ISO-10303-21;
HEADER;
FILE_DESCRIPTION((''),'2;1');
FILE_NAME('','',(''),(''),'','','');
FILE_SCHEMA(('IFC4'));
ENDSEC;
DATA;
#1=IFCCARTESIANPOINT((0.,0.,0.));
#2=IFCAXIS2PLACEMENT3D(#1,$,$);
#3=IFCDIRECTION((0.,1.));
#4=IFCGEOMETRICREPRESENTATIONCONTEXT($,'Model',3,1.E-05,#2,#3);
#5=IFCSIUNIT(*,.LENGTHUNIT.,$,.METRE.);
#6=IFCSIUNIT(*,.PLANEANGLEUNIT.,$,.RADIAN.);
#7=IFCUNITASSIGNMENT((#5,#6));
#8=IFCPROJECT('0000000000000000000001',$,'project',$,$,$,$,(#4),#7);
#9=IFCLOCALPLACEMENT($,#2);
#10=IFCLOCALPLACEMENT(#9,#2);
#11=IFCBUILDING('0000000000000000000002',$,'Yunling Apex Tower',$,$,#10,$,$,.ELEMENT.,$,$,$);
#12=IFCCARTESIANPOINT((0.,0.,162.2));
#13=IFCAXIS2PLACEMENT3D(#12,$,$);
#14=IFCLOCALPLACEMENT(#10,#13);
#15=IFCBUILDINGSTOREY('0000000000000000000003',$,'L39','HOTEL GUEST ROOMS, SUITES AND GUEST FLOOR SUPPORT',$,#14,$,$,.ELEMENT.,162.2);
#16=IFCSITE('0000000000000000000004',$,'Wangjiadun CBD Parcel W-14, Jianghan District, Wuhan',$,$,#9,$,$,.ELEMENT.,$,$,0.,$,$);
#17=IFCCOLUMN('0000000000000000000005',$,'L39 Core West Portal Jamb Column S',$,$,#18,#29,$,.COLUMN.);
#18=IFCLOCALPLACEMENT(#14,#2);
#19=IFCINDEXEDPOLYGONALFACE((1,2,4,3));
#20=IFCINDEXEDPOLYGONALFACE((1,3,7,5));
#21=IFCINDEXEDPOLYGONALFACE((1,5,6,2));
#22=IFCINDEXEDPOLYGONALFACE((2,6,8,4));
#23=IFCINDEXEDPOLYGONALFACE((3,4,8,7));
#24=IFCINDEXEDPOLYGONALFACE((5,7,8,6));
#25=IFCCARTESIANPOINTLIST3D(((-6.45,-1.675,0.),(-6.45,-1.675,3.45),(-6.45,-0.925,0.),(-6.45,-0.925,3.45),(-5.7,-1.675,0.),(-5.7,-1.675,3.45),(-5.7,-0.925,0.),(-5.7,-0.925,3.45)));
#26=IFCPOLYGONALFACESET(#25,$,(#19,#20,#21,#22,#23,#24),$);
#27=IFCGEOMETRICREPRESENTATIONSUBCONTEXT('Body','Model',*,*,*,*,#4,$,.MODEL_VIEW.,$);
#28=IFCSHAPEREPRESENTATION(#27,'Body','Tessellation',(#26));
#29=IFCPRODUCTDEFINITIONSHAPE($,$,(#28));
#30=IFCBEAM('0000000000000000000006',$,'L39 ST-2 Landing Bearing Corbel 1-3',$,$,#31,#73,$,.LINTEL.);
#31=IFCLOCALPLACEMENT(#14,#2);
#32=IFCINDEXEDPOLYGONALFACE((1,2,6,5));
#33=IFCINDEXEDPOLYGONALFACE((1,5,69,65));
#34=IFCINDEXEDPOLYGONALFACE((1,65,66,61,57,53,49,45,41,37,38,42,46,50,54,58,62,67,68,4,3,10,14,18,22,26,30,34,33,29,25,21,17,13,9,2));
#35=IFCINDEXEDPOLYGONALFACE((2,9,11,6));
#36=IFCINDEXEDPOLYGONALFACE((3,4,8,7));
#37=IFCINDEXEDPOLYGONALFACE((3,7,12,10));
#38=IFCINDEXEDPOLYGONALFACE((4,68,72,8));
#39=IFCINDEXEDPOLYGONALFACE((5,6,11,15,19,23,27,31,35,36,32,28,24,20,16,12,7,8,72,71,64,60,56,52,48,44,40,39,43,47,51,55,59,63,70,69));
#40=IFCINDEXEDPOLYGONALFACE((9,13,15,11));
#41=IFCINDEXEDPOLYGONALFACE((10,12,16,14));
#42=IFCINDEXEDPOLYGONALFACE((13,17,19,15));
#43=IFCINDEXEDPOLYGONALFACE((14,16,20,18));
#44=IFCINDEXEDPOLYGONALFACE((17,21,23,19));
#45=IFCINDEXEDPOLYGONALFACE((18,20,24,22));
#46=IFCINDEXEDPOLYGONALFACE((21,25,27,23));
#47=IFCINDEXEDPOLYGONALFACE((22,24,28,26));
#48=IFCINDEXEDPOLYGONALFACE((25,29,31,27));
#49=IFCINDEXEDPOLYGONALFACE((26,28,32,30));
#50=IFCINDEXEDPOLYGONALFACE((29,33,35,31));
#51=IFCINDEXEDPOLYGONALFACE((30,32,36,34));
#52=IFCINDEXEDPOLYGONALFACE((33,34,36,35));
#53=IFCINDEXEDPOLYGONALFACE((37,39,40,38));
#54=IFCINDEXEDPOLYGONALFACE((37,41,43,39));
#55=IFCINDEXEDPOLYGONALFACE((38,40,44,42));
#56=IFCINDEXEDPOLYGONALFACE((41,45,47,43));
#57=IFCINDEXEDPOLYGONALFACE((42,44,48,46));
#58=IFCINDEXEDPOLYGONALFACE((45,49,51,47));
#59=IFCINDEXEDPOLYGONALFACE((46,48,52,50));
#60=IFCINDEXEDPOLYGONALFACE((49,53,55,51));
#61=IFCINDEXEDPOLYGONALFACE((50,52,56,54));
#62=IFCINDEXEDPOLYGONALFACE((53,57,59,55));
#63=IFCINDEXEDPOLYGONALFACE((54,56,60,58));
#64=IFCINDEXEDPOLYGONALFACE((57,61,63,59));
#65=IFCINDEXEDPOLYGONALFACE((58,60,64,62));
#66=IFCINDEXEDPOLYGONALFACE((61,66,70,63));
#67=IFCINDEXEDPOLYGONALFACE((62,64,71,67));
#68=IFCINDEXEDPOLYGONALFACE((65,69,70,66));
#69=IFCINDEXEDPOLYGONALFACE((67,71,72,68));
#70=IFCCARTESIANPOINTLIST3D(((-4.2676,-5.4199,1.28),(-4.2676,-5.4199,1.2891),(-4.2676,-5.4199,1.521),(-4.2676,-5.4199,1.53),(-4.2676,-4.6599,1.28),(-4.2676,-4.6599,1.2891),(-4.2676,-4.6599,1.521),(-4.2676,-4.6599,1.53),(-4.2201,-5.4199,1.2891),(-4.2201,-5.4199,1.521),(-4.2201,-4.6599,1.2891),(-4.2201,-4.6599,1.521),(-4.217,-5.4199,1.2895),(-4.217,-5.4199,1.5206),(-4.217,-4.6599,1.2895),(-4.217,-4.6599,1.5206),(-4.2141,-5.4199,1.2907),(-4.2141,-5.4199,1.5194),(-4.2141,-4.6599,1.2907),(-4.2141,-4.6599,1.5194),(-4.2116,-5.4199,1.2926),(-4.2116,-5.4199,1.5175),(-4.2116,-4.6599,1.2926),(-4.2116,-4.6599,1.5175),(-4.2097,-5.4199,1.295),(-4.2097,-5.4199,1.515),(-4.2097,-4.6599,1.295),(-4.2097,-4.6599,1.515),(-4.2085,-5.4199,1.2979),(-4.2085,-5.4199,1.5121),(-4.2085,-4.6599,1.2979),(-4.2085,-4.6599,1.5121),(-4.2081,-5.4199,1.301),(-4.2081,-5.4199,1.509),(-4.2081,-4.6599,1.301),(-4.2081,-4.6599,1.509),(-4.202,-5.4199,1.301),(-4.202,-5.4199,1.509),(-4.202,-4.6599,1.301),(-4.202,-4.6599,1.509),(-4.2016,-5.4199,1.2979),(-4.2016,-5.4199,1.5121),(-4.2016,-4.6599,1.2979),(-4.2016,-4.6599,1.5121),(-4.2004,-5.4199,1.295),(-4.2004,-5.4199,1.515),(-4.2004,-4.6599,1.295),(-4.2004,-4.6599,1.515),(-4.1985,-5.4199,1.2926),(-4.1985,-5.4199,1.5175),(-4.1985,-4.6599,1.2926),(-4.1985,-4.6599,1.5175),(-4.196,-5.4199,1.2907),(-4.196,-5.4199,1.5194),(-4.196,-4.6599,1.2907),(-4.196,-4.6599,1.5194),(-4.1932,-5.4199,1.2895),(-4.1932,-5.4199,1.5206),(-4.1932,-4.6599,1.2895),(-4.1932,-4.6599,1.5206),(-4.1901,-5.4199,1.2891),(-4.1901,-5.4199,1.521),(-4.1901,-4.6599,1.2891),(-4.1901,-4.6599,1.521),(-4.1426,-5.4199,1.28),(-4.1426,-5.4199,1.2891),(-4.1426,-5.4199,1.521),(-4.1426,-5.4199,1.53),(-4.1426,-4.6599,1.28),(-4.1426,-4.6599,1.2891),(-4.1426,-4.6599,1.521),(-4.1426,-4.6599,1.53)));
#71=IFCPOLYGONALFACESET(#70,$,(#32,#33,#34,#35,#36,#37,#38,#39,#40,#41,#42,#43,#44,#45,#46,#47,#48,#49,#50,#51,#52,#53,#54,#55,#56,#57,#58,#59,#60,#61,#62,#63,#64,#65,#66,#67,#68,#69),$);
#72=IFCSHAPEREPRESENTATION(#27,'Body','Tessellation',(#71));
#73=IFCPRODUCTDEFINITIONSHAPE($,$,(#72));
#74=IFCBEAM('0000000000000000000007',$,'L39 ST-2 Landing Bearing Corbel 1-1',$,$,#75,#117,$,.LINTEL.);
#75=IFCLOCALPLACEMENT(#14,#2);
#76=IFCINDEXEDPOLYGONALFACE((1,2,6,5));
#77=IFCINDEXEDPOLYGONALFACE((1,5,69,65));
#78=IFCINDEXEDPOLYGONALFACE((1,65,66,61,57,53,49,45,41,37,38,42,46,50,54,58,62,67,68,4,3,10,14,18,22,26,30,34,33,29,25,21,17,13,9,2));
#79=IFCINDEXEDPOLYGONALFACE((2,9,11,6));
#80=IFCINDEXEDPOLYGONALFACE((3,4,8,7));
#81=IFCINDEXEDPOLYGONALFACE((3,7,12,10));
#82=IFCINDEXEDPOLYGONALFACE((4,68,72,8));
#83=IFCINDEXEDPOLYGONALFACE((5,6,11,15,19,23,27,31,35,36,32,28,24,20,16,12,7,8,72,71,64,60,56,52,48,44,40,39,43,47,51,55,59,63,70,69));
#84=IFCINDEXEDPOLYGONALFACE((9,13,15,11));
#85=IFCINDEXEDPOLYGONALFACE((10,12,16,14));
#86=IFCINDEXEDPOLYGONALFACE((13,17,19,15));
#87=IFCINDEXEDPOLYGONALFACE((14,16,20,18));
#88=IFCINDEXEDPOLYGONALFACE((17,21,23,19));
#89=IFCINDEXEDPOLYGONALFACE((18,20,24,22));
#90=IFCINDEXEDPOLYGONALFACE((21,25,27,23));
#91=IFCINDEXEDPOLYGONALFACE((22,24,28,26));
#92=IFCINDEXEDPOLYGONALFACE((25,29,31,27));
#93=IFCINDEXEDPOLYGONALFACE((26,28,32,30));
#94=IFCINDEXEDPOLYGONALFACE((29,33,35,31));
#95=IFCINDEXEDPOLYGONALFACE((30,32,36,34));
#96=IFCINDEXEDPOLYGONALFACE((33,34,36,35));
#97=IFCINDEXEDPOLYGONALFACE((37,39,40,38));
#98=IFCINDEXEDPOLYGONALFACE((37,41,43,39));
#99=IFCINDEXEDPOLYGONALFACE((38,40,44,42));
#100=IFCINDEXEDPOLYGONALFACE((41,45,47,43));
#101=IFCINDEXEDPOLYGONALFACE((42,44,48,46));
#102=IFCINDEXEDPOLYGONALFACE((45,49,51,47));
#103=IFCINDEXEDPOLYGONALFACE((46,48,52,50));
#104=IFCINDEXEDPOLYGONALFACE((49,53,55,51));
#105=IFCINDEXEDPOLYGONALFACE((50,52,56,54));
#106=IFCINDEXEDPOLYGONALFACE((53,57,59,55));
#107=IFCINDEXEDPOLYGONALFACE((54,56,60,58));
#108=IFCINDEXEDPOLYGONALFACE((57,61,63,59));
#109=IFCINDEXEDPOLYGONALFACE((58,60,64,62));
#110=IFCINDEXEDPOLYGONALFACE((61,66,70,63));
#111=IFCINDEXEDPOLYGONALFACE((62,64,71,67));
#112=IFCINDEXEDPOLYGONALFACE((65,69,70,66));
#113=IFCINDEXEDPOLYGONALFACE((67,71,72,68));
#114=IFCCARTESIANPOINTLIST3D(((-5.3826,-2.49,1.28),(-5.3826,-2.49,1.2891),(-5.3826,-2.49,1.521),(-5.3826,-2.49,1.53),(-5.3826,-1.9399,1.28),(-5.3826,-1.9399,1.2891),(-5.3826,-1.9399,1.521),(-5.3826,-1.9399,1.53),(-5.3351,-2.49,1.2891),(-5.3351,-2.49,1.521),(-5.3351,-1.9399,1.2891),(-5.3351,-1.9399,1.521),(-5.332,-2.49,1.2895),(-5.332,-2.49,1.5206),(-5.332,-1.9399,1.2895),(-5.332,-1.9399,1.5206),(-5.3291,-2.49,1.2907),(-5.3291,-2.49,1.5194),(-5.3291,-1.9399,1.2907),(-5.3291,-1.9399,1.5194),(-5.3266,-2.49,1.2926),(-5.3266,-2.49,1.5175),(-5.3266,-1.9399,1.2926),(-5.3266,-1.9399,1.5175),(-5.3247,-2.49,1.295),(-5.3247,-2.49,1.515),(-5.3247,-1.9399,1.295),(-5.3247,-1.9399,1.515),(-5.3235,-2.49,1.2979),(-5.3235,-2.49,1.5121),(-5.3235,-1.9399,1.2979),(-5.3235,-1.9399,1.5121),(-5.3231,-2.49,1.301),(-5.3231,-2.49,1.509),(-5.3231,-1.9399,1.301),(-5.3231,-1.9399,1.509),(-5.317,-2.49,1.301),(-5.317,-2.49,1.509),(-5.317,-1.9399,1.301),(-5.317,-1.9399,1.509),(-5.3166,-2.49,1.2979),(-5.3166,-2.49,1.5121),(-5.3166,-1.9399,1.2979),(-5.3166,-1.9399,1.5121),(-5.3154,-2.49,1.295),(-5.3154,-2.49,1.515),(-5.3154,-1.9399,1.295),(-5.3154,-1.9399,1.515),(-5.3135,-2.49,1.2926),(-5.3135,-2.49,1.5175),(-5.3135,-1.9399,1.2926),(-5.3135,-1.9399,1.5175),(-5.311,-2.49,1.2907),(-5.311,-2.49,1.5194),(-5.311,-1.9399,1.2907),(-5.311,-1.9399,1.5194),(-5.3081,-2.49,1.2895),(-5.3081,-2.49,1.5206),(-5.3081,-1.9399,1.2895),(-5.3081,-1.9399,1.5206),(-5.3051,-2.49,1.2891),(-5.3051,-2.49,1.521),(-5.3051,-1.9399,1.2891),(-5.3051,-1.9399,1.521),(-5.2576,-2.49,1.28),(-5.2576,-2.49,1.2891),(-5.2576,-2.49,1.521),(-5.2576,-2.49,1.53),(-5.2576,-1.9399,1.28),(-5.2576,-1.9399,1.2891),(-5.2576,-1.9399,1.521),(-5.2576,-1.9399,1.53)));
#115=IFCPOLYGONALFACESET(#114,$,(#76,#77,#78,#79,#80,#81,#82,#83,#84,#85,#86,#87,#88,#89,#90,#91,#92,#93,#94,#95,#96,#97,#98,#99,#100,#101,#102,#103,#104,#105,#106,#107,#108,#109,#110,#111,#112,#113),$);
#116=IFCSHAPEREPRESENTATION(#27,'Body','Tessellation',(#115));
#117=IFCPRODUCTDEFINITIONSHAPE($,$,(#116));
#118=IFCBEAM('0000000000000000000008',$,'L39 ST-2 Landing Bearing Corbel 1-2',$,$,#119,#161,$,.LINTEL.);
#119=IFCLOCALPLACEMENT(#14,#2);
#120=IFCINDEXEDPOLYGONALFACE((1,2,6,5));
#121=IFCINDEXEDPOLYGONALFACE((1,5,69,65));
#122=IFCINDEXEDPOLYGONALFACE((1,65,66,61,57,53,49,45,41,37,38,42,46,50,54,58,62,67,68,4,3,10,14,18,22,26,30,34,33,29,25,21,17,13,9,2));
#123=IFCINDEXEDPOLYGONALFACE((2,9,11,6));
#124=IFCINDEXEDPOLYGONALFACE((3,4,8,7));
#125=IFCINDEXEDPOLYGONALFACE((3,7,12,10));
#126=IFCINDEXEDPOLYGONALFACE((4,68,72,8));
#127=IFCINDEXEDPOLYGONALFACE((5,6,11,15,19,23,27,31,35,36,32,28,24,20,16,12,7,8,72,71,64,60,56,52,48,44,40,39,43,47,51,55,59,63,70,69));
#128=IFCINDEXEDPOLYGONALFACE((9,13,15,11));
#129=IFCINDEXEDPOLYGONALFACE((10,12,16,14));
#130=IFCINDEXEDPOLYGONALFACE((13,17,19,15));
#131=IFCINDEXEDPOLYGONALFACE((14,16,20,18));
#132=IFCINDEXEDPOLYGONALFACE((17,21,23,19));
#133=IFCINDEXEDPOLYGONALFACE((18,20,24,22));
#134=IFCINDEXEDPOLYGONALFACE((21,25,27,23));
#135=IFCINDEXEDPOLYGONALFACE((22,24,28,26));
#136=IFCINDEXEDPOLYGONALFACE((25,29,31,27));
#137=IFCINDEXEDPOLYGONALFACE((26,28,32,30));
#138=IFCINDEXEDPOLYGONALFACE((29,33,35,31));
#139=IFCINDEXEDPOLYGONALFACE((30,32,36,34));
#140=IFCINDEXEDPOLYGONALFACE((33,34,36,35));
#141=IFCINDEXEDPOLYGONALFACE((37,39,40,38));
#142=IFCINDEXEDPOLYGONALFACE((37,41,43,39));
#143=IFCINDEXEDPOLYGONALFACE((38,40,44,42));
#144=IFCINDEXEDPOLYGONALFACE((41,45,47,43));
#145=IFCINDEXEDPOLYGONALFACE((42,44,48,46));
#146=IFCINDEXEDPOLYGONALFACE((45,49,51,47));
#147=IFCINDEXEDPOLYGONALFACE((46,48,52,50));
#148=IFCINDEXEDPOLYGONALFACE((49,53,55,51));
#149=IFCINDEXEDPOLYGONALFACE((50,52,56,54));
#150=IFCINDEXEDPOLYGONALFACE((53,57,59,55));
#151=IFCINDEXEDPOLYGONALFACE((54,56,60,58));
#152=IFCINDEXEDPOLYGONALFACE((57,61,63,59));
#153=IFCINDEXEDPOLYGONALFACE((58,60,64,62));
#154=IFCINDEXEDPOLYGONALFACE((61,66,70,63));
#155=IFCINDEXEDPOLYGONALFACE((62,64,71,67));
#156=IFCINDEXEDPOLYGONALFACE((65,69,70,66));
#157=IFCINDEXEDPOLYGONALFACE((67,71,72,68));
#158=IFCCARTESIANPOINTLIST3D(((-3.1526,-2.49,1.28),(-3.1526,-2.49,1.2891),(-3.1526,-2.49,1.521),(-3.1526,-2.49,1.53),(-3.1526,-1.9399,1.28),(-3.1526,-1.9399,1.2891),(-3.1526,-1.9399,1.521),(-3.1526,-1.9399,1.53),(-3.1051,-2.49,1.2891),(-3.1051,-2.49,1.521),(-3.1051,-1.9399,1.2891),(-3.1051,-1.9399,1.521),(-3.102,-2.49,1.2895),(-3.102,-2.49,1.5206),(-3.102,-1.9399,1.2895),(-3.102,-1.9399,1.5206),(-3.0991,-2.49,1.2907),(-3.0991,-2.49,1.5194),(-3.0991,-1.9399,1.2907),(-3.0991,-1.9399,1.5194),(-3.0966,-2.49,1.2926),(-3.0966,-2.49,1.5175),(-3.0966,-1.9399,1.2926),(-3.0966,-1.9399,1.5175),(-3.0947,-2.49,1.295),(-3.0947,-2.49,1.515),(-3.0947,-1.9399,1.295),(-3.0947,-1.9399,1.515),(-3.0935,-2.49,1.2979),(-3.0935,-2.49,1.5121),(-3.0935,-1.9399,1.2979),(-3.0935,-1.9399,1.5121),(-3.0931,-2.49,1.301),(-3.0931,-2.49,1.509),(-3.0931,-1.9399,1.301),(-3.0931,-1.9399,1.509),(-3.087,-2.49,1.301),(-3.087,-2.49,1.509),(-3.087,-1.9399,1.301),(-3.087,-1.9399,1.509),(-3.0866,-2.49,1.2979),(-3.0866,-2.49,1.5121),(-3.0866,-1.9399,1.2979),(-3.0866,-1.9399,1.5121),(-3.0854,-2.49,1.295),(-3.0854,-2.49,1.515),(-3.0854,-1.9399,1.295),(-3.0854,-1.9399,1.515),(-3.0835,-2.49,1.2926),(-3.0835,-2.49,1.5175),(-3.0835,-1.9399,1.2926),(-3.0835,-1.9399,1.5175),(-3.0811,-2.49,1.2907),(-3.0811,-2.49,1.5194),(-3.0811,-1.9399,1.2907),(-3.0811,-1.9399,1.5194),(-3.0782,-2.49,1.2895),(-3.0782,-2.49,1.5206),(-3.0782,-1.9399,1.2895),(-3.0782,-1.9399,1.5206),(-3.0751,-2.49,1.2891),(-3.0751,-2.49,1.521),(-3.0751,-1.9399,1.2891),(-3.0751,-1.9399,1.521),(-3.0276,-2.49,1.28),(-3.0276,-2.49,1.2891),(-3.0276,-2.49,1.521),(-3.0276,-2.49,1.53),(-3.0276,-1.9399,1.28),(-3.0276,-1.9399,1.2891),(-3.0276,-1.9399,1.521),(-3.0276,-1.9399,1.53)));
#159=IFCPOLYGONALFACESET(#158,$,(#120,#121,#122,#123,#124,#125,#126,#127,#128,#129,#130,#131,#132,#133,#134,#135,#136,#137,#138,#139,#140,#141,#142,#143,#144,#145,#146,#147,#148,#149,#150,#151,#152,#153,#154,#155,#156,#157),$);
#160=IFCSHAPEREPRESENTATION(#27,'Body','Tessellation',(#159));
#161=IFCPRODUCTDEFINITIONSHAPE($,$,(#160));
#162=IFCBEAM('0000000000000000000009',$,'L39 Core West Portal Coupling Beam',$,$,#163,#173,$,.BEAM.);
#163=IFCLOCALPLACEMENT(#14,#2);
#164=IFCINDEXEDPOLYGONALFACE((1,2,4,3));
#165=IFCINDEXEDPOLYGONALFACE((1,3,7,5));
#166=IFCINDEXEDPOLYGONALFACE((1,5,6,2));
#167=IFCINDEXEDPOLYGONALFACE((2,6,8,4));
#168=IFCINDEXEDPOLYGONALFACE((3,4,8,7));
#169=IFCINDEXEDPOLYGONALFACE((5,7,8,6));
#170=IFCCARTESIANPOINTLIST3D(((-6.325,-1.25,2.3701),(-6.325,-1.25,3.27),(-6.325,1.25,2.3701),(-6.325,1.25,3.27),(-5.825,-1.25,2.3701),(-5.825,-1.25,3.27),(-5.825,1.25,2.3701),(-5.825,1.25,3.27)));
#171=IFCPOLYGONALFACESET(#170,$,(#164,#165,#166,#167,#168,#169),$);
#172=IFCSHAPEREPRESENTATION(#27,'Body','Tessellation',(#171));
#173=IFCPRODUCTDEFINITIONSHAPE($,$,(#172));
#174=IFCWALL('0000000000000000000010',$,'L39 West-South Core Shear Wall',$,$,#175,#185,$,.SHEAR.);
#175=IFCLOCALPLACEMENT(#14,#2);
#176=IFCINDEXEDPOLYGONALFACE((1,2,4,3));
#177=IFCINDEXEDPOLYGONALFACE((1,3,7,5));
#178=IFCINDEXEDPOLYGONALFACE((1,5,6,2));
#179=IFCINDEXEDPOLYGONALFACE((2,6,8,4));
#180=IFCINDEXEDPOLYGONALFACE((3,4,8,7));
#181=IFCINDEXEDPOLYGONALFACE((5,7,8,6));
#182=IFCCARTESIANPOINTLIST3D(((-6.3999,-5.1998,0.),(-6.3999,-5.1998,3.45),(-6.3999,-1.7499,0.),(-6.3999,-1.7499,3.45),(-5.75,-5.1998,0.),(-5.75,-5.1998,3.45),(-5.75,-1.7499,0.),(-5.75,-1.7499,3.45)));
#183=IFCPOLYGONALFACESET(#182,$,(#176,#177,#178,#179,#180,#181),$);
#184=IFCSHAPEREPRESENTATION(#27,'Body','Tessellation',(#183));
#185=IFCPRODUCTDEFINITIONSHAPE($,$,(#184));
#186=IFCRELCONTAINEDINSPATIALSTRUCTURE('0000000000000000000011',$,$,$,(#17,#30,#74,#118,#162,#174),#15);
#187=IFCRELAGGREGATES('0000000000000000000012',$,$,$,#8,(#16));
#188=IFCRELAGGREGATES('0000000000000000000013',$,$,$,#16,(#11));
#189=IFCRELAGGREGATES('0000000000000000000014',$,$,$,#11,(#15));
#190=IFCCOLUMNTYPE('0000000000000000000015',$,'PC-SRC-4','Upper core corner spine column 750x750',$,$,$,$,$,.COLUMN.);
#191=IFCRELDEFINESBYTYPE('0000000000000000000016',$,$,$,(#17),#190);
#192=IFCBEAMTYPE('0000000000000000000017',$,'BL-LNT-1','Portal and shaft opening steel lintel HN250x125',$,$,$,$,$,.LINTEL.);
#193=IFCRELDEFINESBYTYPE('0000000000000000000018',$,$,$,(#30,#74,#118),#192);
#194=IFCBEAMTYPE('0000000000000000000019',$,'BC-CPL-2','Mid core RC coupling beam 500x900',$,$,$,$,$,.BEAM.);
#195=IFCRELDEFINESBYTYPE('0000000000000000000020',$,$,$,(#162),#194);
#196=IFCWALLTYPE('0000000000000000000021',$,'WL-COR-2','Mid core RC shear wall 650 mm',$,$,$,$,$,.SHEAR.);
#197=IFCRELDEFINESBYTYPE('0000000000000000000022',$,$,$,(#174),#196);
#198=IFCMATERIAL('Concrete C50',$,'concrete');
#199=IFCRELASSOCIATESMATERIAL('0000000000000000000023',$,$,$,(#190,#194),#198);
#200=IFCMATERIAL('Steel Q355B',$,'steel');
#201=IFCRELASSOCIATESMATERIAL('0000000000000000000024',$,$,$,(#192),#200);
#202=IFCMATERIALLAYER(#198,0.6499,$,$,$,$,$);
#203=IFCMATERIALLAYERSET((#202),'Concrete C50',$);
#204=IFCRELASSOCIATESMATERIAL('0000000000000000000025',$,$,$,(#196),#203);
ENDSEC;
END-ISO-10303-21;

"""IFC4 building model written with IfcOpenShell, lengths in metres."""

from ifc_helpers import new_model, si_unit, direction, frame, frame_2d, origin, origin_2d, place, context, subcontext, project, spatial, rectangle, i_section, extrude, source, transform, mapped, material, layer, layer_set, material_profile, profile_set, type_object, element, save


model = new_model("IFC4")

# Units and contexts
model_context = context("Model", 3, precision=1e-05, world=origin(), true_north=direction((0.0, 1.0)))
body_context = subcontext(model_context, "Body", "Model", "MODEL_VIEW")
ifc_project = project(units=[si_unit("LENGTHUNIT", "METRE"), si_unit("PLANEANGLEUNIT", "RADIAN")], contexts=[model_context])

# Site, building, storey
site_placement = place(None, origin())
site = spatial("IfcSite", under=ifc_project, at=site_placement, Name="Wangjiadun CBD Parcel W-14, Jianghan District, Wuhan", CompositionType="ELEMENT", RefElevation=0.0)
building_placement = place(site_placement, origin())
building = spatial("IfcBuilding", under=site, at=building_placement, Name="Yunling Apex Tower", CompositionType="ELEMENT")
storey_placement = place(building_placement, frame((0.0, 0.0, 162.2)))
storey = spatial("IfcBuildingStorey", under=building, at=storey_placement, Name="L39", Description="HOTEL GUEST ROOMS, SUITES AND GUEST FLOOR SUPPORT", CompositionType="ELEMENT", Elevation=162.2)

# Column
ifc_material_1 = material(Name="Concrete C50", Category="concrete")
ifc_material_profile_1 = material_profile(ifc_material_1, rectangle(XDim=0.75, YDim=0.75, at=origin_2d()))
ifc_profile_set_1 = profile_set([ifc_material_profile_1], Name="Concrete C50")
column_type = type_object("IfcColumnType", Name="PC-SRC-4", Description="Upper core corner spine column 750x750", PredefinedType="COLUMN", material=ifc_profile_set_1)
shared_shape_1 = source(origin(), body_context, "Body", "SweptSolid", [
    extrude(rectangle(XDim=0.75, YDim=0.75, at=origin_2d()), origin(), (0.0, 0.0, 1.0), 3.45),
])
column_placement = place(storey_placement, frame((-6.075, -1.3, 0.0), z_axis=(0.0, 0.0, 1.0), x_axis=(1.0, 0.0, 0.0)))
element("IfcColumn", 1, at=column_placement, inside=storey, type_object=column_type, Name="L39 Core West Portal Jamb Column S", PredefinedType="COLUMN", context=body_context, shape_type="MappedRepresentation", body=[
    mapped(shared_shape_1, transform((0.0, 0.0, 0.0), scale=1.0)),
])

# Beams
ifc_material_2 = material(Name="Steel Q355B", Category="steel")
ifc_material_profile_2 = material_profile(ifc_material_2, i_section(OverallWidth=0.125, OverallDepth=0.25, WebThickness=0.0061, FlangeThickness=0.009, FilletRadius=0.012, at=origin_2d()))
ifc_profile_set_2 = profile_set([ifc_material_profile_2], Name="Steel Q355B")
beam_type_1 = type_object("IfcBeamType", Name="BL-LNT-1", Description="Portal and shaft opening steel lintel HN250x125", PredefinedType="LINTEL", material=ifc_profile_set_2)
shared_shape_2 = source(origin(), body_context, "Body", "SweptSolid", [
    extrude(i_section(OverallWidth=0.125, OverallDepth=0.25, WebThickness=0.0061, FlangeThickness=0.009, FilletRadius=0.012, at=origin_2d()), origin(), (0.0, 0.0, 1.0), 0.76),
])
beam_1_placement = place(storey_placement, frame((-4.2051, -5.4199, 1.405), z_axis=(0.0, 1.0, 0.0), x_axis=(-1.0, 0.0, 0.0)))
element("IfcBeam", 2, at=beam_1_placement, inside=storey, type_object=beam_type_1, Name="L39 ST-2 Landing Bearing Corbel 1-3", PredefinedType="LINTEL", context=body_context, shape_type="MappedRepresentation", body=[
    mapped(shared_shape_2, transform((0.0, 0.0, 0.0), scale=1.0)),
])
shared_shape_3 = source(origin(), body_context, "Body", "SweptSolid", [
    extrude(i_section(OverallWidth=0.125, OverallDepth=0.25, WebThickness=0.0061, FlangeThickness=0.009, FilletRadius=0.012, at=origin_2d()), origin(), (0.0, 0.0, 1.0), 0.55),
])
for number, where, z_axis, x_axis, name in (
    (3, (-5.3201, -1.9399, 1.405), (0.0, -1.0, 0.0), (1.0, 0.0, 0.0), "L39 ST-2 Landing Bearing Corbel 1-1"),
    (4, (-3.0901, -1.9399, 1.405), (0.0, -1.0, 0.0), (1.0, 0.0, 0.0), "L39 ST-2 Landing Bearing Corbel 1-2"),
):
    element("IfcBeam", number, at=place(storey_placement, frame(where, z_axis=z_axis, x_axis=x_axis)), inside=storey, type_object=beam_type_1, Name=name, PredefinedType="LINTEL", context=body_context, shape_type="MappedRepresentation", body=[
        mapped(shared_shape_3, transform((0.0, 0.0, 0.0), scale=1.0)),
    ])
ifc_material_profile_3 = material_profile(ifc_material_1, rectangle(XDim=0.5, YDim=0.8999, at=origin_2d()))
ifc_profile_set_3 = profile_set([ifc_material_profile_3], Name="Concrete C50")
beam_type_2 = type_object("IfcBeamType", Name="BC-CPL-2", Description="Mid core RC coupling beam 500x900", PredefinedType="BEAM", material=ifc_profile_set_3)
shared_shape_4 = source(origin(), body_context, "Body", "SweptSolid", [
    extrude(rectangle(XDim=0.5, YDim=0.8999, at=origin_2d()), origin(), (0.0, 0.0, 1.0), 2.5),
])
beam_2_placement = place(storey_placement, frame((-6.075, -1.25, 2.8201), z_axis=(0.0, 1.0, 0.0), x_axis=(-1.0, 0.0, 0.0)))
element("IfcBeam", 5, at=beam_2_placement, inside=storey, type_object=beam_type_2, Name="L39 Core West Portal Coupling Beam", PredefinedType="BEAM", context=body_context, shape_type="MappedRepresentation", body=[
    mapped(shared_shape_4, transform((0.0, 0.0, 0.0), scale=1.0)),
])

# Wall
ifc_layer_1 = layer(ifc_material_1, 0.6499)
ifc_layer_set_1 = layer_set([ifc_layer_1], Name="Concrete C50")
wall_type_1 = type_object("IfcWallType", Name="WL-COR-2", Description="Mid core RC shear wall 650 mm", PredefinedType="SHEAR", material=ifc_layer_set_1)
wall_1_placement = place(storey_placement, frame((-6.075, -5.2, 0.0), z_axis=(0.0, 0.0, 1.0), x_axis=(0.0, 1.0, 0.0)))
element("IfcWall", 6, at=wall_1_placement, inside=storey, type_object=wall_type_1, Name="L39 West-South Core Shear Wall", PredefinedType="SHEAR", context=body_context, shape_type="SweptSolid", body=[
    extrude(rectangle(XDim=3.45, YDim=0.6499, at=frame_2d((1.7251, 0.0))), origin(), (0.0, 0.0, 1.0), 3.45),
])

save(model, "model.ifc")
